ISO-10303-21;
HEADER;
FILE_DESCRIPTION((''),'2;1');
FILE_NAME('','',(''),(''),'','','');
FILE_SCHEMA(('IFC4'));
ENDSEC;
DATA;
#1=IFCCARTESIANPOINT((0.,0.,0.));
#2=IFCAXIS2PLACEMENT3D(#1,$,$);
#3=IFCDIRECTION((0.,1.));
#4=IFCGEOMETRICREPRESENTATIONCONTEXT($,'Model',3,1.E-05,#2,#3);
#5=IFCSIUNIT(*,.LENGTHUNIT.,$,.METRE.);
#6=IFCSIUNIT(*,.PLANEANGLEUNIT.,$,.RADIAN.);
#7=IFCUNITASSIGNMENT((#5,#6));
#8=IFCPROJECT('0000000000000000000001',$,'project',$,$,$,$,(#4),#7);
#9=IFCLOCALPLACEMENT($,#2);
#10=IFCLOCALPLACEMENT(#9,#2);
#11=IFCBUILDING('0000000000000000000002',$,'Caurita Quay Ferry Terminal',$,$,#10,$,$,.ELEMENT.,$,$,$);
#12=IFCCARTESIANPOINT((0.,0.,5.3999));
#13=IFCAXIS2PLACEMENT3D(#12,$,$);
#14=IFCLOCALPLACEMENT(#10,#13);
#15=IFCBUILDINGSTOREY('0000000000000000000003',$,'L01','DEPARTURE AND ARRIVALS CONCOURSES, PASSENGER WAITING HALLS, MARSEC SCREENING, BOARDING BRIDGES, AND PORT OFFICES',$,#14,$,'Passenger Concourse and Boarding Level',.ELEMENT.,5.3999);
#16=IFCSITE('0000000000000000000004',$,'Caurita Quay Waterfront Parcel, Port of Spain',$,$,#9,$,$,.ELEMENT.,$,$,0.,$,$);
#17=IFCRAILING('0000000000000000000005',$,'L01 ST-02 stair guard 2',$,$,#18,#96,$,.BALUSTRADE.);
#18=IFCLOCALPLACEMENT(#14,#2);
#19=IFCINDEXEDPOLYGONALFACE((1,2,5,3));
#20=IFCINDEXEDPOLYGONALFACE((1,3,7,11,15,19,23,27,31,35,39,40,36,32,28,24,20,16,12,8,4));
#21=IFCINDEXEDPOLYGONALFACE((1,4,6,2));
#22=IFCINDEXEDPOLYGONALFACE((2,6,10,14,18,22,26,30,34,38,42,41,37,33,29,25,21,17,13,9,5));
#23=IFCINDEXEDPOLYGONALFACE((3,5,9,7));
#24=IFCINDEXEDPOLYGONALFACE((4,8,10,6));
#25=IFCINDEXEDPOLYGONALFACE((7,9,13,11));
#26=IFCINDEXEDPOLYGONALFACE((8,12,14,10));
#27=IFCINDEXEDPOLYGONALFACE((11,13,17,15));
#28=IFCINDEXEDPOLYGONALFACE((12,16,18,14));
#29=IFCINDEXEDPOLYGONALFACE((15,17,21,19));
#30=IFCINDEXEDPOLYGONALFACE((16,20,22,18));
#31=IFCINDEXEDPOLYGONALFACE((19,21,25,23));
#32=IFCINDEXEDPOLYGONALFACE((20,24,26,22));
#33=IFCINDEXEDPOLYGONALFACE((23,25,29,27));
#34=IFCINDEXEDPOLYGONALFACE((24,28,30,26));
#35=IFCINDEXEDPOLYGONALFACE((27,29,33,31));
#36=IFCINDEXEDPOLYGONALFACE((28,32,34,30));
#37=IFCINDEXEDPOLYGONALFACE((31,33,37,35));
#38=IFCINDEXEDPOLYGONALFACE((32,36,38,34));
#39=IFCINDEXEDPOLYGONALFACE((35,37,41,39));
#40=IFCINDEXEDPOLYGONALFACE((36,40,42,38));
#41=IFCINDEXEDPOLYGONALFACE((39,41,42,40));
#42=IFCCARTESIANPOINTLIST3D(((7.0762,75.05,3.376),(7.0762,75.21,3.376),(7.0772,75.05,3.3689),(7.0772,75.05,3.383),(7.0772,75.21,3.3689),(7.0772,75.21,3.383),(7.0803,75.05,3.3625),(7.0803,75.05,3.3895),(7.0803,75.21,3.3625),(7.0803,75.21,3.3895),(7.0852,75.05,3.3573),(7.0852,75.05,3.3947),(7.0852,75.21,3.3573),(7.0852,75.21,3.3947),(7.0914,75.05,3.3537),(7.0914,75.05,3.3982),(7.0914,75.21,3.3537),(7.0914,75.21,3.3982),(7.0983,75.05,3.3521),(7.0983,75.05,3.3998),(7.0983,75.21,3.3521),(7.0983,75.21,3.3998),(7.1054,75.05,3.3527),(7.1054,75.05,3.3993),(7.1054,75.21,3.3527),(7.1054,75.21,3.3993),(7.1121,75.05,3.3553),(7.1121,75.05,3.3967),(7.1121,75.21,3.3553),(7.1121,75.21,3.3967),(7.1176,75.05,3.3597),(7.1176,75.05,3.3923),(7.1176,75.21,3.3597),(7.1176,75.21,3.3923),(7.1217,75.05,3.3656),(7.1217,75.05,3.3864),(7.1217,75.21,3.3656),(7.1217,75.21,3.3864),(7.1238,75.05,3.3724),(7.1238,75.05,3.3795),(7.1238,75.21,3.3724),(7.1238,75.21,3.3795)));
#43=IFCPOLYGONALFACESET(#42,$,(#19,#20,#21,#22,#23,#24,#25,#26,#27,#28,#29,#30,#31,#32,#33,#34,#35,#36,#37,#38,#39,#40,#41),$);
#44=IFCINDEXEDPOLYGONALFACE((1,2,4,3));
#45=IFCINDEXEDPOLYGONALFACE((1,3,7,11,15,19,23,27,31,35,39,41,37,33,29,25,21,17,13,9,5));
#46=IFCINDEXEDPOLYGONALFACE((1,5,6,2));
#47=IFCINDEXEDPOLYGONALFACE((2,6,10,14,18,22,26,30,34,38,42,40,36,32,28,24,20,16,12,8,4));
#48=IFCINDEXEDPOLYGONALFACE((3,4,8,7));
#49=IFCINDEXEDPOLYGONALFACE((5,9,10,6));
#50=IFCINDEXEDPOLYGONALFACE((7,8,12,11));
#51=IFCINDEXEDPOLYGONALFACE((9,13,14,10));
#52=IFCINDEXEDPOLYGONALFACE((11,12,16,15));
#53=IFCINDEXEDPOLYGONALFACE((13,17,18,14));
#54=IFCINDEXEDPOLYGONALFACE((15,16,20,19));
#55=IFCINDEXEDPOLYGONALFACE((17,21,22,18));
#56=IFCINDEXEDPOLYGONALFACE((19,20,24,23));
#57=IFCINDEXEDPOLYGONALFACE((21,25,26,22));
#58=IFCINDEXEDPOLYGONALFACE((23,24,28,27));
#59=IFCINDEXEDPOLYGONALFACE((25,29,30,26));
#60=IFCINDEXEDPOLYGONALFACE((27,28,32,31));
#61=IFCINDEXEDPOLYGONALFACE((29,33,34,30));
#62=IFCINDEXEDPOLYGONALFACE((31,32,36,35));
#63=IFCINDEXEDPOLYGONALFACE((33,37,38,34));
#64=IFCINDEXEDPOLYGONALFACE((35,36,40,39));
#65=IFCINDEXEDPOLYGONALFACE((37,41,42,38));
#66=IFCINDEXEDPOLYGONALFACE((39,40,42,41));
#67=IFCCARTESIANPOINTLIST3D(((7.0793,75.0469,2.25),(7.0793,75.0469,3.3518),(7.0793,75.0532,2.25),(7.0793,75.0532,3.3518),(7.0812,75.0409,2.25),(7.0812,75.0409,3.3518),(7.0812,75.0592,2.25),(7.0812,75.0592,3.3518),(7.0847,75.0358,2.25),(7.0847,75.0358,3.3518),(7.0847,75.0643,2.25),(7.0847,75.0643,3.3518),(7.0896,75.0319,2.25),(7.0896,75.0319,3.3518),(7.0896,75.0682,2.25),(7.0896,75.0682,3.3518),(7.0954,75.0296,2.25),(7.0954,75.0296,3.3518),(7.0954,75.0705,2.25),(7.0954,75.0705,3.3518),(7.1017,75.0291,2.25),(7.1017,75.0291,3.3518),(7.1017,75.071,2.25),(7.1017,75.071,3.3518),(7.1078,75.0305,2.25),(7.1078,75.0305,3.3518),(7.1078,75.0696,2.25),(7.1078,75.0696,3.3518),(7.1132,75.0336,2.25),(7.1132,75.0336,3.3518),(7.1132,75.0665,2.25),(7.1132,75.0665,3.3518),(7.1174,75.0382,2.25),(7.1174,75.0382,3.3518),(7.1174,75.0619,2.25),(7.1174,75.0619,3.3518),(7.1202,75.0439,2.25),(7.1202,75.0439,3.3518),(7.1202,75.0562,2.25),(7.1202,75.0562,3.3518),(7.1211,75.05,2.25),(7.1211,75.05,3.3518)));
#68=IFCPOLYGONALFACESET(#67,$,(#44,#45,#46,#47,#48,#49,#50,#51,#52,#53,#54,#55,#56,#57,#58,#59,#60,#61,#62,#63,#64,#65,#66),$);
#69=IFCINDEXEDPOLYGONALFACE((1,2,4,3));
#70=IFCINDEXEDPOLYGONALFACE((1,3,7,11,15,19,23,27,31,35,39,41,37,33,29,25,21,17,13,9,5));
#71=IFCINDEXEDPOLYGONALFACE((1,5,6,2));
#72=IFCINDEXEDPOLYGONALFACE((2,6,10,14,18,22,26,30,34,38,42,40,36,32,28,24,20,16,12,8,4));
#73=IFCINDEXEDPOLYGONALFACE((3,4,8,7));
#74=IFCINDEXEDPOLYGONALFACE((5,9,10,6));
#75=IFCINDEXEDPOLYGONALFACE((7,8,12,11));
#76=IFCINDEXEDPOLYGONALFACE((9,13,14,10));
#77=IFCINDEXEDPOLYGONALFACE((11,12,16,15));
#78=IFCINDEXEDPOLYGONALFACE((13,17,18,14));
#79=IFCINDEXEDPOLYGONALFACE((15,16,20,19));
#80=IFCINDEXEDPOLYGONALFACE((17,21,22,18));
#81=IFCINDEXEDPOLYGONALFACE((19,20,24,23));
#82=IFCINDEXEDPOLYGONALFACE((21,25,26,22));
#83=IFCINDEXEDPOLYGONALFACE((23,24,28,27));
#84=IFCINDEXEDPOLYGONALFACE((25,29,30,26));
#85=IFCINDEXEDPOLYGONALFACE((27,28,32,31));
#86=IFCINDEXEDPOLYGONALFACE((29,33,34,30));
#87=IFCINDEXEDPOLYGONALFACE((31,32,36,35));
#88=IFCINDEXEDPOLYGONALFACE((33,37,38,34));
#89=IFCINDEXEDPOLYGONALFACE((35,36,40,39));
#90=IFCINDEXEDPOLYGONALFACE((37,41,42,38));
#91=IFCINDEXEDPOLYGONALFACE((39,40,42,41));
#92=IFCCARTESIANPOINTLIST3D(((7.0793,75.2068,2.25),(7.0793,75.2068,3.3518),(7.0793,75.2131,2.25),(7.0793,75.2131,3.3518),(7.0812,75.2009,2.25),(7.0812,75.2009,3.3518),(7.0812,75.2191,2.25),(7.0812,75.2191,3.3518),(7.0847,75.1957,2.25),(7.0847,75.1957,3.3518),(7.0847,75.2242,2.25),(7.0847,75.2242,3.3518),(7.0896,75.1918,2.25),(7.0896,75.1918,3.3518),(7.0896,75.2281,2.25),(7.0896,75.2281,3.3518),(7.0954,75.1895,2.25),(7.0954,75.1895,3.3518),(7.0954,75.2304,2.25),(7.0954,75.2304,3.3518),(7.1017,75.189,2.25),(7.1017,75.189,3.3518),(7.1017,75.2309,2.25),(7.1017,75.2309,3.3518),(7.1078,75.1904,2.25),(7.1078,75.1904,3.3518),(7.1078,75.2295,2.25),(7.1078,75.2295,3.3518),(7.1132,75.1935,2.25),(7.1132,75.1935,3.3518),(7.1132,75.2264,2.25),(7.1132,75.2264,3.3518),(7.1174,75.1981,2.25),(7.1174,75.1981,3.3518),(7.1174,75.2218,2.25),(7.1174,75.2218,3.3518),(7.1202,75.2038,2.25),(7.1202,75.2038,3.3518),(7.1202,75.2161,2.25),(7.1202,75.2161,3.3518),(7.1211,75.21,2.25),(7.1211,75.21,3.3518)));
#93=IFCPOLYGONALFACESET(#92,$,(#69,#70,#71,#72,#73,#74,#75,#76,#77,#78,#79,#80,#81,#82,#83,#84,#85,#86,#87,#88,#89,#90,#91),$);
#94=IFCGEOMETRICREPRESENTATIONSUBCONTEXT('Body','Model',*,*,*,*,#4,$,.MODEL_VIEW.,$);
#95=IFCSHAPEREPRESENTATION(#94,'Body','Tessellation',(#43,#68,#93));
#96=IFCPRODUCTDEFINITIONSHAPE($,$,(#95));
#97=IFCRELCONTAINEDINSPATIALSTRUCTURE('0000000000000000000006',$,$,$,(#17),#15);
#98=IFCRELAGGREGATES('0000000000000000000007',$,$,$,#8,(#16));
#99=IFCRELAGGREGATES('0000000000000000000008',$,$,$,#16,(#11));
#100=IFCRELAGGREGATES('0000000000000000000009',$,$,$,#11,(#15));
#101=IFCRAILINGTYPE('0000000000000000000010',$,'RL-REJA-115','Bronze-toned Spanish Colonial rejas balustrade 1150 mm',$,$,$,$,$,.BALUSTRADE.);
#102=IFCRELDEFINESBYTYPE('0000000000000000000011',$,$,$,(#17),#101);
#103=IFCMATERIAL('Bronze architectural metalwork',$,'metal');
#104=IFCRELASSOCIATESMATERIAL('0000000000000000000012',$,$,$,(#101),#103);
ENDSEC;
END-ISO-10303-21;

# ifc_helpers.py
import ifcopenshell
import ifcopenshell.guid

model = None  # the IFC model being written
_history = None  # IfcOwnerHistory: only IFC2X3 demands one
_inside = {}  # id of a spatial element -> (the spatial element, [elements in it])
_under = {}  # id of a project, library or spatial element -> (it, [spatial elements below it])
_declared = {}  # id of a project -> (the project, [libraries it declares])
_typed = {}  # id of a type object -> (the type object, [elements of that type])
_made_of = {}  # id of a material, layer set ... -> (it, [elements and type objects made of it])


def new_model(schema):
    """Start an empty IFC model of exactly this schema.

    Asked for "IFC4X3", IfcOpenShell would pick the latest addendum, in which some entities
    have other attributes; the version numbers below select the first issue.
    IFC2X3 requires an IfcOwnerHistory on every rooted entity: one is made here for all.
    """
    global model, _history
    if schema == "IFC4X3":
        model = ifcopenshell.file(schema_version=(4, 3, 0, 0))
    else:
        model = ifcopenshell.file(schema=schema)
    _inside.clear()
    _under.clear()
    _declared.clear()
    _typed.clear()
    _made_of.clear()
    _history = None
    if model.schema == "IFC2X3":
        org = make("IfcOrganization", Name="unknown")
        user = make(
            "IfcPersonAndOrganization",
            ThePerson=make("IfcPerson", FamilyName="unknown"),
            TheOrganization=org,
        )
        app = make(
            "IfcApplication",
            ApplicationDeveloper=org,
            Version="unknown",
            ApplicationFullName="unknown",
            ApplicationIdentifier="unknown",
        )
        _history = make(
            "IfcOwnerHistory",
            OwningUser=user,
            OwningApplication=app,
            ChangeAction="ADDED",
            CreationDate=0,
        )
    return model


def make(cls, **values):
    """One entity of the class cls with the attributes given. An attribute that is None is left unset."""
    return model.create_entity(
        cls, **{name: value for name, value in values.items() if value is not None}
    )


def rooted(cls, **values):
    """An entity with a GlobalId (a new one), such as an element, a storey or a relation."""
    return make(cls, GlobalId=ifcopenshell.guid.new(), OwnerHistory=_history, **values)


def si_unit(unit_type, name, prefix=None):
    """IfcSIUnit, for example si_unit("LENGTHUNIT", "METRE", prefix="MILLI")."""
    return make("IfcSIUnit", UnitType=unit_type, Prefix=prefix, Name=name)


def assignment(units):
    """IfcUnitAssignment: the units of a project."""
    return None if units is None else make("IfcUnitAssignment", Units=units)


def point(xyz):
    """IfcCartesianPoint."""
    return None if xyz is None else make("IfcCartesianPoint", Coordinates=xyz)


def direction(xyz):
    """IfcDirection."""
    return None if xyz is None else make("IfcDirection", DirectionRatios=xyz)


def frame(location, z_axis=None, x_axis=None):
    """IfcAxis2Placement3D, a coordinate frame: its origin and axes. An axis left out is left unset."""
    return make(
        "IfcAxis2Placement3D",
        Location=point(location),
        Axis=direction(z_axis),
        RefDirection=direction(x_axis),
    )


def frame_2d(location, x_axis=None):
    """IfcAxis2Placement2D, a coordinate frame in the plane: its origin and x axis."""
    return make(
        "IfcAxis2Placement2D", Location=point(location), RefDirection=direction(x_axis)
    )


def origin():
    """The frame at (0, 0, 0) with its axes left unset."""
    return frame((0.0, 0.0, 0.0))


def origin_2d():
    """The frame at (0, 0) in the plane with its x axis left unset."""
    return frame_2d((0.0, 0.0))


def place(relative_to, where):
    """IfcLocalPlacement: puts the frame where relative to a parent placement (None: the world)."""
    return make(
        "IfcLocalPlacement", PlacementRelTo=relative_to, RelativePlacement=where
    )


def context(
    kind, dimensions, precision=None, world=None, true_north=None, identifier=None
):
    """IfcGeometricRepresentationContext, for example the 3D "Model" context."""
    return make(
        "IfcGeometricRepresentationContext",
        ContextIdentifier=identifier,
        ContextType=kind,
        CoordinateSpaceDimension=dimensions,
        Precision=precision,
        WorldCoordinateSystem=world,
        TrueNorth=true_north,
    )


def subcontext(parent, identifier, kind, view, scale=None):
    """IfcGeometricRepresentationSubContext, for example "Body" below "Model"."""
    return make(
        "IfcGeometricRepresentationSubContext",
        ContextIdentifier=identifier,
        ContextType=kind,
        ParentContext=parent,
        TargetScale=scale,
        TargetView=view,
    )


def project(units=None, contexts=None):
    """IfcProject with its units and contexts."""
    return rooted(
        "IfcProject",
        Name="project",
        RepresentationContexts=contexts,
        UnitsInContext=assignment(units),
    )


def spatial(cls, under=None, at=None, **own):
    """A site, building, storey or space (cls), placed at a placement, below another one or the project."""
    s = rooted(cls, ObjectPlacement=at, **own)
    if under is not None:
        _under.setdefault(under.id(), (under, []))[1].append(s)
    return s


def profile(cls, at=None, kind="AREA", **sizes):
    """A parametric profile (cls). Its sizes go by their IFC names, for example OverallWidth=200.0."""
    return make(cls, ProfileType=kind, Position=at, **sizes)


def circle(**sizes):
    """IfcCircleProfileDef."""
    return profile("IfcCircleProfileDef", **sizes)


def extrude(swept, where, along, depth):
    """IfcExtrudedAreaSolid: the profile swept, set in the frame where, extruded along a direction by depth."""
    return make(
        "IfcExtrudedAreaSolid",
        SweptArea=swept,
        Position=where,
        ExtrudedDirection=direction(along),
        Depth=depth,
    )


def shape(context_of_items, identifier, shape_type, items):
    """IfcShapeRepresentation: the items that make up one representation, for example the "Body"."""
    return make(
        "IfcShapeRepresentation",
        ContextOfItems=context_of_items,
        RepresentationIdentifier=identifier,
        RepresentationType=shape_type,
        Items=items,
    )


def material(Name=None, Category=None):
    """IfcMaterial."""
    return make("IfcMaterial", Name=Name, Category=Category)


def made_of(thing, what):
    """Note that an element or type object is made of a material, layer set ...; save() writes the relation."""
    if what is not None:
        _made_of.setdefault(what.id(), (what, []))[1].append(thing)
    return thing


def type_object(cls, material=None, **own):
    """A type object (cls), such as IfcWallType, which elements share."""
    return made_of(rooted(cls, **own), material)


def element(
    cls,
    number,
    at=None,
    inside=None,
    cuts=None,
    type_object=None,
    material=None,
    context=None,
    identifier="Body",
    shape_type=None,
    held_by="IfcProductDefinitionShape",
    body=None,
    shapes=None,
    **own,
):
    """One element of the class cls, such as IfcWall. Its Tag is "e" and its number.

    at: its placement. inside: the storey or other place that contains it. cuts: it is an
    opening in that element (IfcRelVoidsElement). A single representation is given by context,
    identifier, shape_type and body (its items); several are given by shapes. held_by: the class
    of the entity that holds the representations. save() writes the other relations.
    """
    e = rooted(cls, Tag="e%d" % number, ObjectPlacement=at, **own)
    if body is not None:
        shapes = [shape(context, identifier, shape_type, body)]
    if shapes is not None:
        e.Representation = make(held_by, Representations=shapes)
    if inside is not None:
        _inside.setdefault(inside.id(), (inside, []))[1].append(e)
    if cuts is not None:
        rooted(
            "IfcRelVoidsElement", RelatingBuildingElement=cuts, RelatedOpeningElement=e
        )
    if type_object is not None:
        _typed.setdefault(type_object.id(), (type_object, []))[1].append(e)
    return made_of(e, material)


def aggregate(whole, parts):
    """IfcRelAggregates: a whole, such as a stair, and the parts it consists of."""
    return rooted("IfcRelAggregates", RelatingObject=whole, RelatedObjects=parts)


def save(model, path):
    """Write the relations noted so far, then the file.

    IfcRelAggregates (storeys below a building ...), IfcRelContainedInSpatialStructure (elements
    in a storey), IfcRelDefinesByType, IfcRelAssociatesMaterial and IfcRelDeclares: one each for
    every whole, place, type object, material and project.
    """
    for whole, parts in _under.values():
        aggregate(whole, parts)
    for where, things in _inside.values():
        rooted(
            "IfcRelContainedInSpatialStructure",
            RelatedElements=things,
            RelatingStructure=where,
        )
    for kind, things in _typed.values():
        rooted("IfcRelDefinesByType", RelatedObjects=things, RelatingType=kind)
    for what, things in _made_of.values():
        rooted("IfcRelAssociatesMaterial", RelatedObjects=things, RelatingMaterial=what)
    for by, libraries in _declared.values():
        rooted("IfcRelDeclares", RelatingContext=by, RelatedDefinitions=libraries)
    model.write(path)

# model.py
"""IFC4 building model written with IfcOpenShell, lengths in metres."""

from ifc_helpers import new_model, si_unit, direction, frame, origin, origin_2d, place, context, subcontext, project, spatial, circle, extrude, material, type_object, element, save


model = new_model("IFC4")

# Units and contexts
model_context = context("Model", 3, precision=1e-05, world=origin(), true_north=direction((0.0, 1.0)))
body_context = subcontext(model_context, "Body", "Model", "MODEL_VIEW")
ifc_project = project(units=[si_unit("LENGTHUNIT", "METRE"), si_unit("PLANEANGLEUNIT", "RADIAN")], contexts=[model_context])

# Site, building, storey
site_placement = place(None, origin())
site = spatial("IfcSite", under=ifc_project, at=site_placement, Name="Caurita Quay Waterfront Parcel, Port of Spain", CompositionType="ELEMENT", RefElevation=0.0)
building_placement = place(site_placement, origin())
building = spatial("IfcBuilding", under=site, at=building_placement, Name="Caurita Quay Ferry Terminal", CompositionType="ELEMENT")
storey_placement = place(building_placement, frame((0.0, 0.0, 5.3999)))
storey = spatial("IfcBuildingStorey", under=building, at=storey_placement, Name="L01", Description="DEPARTURE AND ARRIVALS CONCOURSES, PASSENGER WAITING HALLS, MARSEC SCREENING, BOARDING BRIDGES, AND PORT OFFICES", LongName="Passenger Concourse and Boarding Level", CompositionType="ELEMENT", Elevation=5.3999)

# Railing
ifc_material_1 = material(Name="Bronze architectural metalwork", Category="metal")
railing_type_1 = type_object("IfcRailingType", Name="RL-REJA-115", Description="Bronze-toned Spanish Colonial rejas balustrade 1150 mm", PredefinedType="BALUSTRADE", material=ifc_material_1)
railing_1_placement = place(storey_placement, frame((7.1001, 75.05, 2.25)))
element("IfcRailing", 1, at=railing_1_placement, inside=storey, type_object=railing_type_1, Name="L01 ST-02 stair guard 2", PredefinedType="BALUSTRADE", context=body_context, shape_type="SweptSolid", body=[
    extrude(circle(Radius=0.0239, at=origin_2d()), frame((0.0, 0.0, 1.126), z_axis=(0.0, 1.0, 0.0), x_axis=(-1.0, 0.0, 0.0)), (0.0, 0.0, 1.0), 0.1599),
    extrude(circle(Radius=0.021, at=origin_2d()), origin(), (0.0, 0.0, 1.0), 1.1018),
    extrude(circle(Radius=0.021, at=origin_2d()), frame((0.0, 0.1599, 0.0)), (0.0, 0.0, 1.0), 1.1018),
])

save(model, "model.ifc")
